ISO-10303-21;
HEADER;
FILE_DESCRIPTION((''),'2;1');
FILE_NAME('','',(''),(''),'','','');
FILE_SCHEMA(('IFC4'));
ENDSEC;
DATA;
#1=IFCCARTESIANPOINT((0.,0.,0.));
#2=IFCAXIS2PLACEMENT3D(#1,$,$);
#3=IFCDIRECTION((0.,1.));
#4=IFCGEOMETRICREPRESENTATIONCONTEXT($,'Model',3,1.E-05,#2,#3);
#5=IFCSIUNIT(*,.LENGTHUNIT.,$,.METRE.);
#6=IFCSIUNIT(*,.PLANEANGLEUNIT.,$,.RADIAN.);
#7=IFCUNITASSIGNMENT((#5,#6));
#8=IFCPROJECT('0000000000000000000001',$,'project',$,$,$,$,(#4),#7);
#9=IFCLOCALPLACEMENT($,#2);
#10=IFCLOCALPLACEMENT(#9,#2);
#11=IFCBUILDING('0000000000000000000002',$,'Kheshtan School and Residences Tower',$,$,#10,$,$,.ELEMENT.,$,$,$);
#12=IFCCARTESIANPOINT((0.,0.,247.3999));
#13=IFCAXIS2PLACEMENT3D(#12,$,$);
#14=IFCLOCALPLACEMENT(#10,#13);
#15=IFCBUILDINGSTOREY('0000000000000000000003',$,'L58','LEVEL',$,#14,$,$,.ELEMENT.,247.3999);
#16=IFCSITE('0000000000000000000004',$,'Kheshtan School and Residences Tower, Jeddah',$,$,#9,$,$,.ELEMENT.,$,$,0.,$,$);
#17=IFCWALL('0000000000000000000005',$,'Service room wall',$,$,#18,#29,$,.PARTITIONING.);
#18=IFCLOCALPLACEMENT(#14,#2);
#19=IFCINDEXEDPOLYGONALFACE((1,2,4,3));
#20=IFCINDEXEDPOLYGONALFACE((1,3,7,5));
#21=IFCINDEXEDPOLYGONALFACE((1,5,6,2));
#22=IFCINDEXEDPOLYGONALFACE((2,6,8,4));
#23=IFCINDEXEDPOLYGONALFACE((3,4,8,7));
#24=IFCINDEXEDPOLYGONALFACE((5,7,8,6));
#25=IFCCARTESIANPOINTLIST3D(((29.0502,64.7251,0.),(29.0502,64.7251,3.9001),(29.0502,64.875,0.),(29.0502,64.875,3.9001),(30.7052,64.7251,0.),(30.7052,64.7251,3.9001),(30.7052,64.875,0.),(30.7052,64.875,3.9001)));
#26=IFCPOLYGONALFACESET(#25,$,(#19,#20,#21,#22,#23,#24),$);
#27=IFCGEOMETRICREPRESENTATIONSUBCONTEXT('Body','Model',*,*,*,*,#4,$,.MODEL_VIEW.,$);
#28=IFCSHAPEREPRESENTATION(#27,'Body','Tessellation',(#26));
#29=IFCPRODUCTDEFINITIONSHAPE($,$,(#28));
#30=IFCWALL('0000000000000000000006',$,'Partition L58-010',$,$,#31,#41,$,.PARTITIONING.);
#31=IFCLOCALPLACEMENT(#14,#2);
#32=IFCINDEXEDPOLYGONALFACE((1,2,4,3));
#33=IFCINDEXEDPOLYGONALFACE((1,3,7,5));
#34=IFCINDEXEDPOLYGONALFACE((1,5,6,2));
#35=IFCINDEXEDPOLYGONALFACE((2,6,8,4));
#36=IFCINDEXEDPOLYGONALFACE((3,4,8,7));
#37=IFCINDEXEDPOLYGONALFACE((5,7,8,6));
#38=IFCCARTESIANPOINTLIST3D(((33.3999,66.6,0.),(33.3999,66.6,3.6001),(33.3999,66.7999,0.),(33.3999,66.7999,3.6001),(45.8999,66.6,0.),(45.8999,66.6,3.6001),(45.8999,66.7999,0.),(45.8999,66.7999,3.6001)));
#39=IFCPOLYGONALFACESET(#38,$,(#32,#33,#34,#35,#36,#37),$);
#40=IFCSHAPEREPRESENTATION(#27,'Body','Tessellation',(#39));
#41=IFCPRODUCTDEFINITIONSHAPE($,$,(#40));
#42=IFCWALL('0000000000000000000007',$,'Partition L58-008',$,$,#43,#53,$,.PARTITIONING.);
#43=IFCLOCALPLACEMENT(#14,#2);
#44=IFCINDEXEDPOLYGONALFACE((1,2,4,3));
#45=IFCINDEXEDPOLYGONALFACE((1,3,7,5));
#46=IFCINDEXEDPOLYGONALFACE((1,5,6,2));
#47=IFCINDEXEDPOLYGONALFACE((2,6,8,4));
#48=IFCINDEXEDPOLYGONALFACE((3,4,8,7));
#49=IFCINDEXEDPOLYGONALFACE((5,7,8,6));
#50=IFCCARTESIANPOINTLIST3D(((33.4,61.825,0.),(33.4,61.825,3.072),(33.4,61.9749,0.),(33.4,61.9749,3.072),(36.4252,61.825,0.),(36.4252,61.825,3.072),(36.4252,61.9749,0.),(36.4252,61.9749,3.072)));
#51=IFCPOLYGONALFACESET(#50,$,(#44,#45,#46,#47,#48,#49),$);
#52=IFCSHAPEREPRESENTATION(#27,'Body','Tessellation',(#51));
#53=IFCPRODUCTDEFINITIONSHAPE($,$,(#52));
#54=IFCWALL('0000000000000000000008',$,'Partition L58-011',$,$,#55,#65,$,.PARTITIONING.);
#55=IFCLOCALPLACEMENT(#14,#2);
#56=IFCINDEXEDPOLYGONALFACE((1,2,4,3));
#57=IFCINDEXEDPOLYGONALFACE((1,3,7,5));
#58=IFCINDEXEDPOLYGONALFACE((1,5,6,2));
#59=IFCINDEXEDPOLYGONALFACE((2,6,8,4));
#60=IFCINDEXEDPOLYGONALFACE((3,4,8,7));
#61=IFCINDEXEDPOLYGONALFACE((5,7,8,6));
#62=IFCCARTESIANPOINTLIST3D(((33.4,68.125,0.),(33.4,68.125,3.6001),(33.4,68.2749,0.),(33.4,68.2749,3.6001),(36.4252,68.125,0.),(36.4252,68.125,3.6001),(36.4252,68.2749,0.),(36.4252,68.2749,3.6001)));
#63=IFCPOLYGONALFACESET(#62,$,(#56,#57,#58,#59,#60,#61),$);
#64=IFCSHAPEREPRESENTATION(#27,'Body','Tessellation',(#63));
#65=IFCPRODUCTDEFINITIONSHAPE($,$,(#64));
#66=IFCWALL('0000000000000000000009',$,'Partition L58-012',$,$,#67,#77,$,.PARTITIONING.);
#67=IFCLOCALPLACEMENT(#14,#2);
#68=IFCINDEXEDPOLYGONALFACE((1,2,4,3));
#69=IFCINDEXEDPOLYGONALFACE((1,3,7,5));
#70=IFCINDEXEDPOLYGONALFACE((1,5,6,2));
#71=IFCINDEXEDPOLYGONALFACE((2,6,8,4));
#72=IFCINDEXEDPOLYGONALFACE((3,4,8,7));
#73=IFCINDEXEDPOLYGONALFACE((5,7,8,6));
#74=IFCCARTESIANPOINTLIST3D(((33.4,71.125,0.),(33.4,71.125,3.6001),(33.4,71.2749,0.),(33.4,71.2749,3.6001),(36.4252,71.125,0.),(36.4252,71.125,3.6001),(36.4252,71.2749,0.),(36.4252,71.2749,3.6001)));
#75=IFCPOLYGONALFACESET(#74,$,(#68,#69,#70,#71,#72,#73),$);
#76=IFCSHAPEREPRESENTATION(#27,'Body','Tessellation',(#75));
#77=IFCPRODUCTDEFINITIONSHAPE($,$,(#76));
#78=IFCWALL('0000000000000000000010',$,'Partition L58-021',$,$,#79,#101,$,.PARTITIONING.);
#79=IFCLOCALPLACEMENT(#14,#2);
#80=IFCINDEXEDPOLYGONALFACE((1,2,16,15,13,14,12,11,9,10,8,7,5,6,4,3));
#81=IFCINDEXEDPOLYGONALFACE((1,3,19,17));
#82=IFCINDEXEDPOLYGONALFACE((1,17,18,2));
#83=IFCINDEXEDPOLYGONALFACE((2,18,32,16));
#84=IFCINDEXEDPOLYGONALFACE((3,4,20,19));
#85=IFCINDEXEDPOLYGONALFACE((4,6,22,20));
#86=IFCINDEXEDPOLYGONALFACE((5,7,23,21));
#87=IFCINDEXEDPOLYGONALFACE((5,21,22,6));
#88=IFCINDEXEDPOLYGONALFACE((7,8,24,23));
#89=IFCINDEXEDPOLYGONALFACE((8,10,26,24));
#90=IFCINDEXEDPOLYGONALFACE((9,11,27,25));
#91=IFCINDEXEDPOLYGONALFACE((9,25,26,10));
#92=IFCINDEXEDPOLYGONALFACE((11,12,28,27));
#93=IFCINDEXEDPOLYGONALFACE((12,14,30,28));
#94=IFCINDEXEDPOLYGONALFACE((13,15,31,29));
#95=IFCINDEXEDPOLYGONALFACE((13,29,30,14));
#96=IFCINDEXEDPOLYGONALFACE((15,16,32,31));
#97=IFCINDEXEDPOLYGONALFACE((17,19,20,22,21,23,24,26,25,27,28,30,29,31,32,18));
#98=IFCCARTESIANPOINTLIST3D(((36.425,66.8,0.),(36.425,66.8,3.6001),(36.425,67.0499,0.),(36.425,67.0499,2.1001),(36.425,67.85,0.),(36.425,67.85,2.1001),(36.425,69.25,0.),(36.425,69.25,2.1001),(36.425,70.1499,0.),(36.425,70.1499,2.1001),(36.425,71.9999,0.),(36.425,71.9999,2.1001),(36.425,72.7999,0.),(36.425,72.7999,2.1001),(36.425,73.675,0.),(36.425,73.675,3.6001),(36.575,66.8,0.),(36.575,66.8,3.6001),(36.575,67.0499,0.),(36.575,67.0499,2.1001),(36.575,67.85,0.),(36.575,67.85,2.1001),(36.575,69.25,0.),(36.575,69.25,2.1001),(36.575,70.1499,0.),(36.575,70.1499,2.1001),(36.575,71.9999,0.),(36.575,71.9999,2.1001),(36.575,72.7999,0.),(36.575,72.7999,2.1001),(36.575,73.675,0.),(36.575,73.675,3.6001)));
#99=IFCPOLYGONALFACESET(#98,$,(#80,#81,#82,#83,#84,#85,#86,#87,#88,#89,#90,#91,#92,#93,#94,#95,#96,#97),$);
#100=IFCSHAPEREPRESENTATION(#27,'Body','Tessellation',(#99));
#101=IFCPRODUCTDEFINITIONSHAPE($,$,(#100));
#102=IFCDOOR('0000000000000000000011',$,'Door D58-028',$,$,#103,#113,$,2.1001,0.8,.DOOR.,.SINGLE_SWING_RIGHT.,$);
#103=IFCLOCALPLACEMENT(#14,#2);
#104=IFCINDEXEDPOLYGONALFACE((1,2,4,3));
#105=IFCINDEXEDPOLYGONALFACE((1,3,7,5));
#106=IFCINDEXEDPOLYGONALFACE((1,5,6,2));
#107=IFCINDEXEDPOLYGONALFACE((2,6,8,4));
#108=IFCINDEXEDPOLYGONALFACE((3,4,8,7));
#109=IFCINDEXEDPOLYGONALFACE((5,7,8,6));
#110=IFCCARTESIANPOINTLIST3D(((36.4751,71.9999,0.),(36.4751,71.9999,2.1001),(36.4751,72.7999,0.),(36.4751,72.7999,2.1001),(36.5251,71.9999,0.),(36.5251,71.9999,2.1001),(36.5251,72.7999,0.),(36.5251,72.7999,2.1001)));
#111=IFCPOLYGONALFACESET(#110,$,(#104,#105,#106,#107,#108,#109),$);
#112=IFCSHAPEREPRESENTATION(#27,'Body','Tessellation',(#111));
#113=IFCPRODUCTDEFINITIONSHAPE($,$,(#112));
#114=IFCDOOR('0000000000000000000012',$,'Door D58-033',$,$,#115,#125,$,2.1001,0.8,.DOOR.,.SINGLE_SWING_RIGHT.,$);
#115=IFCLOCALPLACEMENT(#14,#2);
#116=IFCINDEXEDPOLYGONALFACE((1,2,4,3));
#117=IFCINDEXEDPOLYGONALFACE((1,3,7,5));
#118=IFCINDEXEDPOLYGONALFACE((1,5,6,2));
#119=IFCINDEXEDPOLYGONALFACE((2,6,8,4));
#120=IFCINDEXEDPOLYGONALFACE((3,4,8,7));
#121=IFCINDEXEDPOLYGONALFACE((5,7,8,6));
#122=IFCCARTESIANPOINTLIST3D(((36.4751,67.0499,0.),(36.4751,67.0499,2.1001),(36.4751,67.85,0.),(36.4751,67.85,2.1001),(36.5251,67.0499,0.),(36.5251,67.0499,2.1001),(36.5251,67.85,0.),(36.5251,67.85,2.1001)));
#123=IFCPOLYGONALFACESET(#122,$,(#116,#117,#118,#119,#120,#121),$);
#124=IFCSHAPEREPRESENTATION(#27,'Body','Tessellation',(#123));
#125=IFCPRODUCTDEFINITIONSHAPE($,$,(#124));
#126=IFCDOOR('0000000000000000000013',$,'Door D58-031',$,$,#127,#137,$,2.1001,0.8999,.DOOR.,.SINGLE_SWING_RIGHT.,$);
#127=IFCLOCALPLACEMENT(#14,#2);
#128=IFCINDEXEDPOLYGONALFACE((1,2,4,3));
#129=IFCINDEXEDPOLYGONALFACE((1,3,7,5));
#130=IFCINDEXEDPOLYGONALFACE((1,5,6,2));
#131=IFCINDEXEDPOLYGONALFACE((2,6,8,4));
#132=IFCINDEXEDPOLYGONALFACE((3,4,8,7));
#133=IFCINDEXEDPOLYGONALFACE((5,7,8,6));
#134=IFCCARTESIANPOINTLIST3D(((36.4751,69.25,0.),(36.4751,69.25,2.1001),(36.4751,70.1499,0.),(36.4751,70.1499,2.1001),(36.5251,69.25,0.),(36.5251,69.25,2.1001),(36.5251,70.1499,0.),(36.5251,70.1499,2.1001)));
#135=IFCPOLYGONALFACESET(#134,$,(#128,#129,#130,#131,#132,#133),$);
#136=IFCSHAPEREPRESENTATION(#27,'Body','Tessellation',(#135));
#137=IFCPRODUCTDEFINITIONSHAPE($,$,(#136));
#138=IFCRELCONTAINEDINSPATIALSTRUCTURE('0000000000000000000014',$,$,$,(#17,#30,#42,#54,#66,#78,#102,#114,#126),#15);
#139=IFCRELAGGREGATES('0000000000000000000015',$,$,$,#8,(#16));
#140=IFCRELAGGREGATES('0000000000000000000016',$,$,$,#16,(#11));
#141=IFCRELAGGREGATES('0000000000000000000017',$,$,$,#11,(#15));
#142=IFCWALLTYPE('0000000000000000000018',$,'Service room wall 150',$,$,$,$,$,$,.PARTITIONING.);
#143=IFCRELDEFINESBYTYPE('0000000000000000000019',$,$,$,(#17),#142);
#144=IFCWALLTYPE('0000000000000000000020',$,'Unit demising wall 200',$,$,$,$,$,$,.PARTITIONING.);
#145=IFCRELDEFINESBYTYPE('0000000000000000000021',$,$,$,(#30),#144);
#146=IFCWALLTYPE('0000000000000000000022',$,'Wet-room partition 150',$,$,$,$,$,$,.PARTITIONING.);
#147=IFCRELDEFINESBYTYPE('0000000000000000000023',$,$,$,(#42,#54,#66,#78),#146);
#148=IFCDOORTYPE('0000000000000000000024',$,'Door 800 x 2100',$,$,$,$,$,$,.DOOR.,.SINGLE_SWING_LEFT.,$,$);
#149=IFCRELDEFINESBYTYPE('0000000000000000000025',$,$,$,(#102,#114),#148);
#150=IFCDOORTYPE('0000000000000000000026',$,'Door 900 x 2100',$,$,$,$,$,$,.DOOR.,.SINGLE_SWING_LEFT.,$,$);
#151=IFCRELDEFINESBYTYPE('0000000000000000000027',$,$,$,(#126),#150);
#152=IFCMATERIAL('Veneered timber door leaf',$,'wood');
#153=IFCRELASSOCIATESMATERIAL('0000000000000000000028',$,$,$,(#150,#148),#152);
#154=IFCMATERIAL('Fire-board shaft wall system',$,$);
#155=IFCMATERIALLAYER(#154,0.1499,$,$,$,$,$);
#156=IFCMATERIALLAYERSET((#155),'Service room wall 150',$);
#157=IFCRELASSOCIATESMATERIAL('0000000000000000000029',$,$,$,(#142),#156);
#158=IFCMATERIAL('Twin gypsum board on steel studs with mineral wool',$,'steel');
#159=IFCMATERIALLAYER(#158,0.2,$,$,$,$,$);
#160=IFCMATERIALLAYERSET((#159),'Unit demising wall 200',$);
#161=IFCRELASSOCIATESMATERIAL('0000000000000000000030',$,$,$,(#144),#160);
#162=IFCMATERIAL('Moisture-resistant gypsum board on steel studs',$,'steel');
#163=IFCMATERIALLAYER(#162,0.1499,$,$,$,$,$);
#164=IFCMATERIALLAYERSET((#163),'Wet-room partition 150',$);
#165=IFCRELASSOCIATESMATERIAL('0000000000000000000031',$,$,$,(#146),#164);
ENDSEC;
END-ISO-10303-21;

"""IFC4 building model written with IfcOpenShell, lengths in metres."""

from ifc_helpers import new_model, si_unit, direction, frame, frame_2d, origin, place, context, subcontext, project, spatial, rectangle, extrude, source, transform, mapped, material, layer, layer_set, type_object, element, fill, save


model = new_model("IFC4")

# Units and contexts
model_context = context("Model", 3, precision=1e-05, world=origin(), true_north=direction((0.0, 1.0)))
body_context = subcontext(model_context, "Body", "Model", "MODEL_VIEW")
ifc_project = project(units=[si_unit("LENGTHUNIT", "METRE"), si_unit("PLANEANGLEUNIT", "RADIAN")], contexts=[model_context])

# Site, building, storey
site_placement = place(None, origin())
site = spatial("IfcSite", under=ifc_project, at=site_placement, Name="Kheshtan School and Residences Tower, Jeddah", CompositionType="ELEMENT", RefElevation=0.0)
building_placement = place(site_placement, origin())
building = spatial("IfcBuilding", under=site, at=building_placement, Name="Kheshtan School and Residences Tower", CompositionType="ELEMENT")
storey_placement = place(building_placement, frame((0.0, 0.0, 247.3999)))
storey = spatial("IfcBuildingStorey", under=building, at=storey_placement, Name="L58", Description="LEVEL", CompositionType="ELEMENT", Elevation=247.3999)

# Shared definitions
ifc_material_1 = material(Name="Veneered timber door leaf", Category="wood")
door_type_1 = type_object("IfcDoorType", Name="Door 900 x 2100", OperationType="SINGLE_SWING_LEFT", PredefinedType="DOOR", material=ifc_material_1)
shared_shape_1 = source(origin(), body_context, "Body", "SweptSolid", [
    extrude(rectangle(XDim=0.8999, YDim=2.1001, at=frame_2d((0.45, 1.05))), frame((0.0, 0.0249, 0.0), z_axis=(0.0, -1.0, 0.0), x_axis=(1.0, 0.0, 0.0)), (0.0, 0.0, 1.0), 0.05),
])

# Walls
ifc_material_2 = material(Name="Fire-board shaft wall system")
ifc_layer_1 = layer(ifc_material_2, 0.1499)
ifc_layer_set_1 = layer_set([ifc_layer_1], Name="Service room wall 150")
wall_type_1 = type_object("IfcWallType", Name="Service room wall 150", PredefinedType="PARTITIONING", material=ifc_layer_set_1)
wall_1_placement = place(storey_placement, frame((29.05, 64.8, 0.0), z_axis=(0.0, 0.0, 1.0), x_axis=(1.0, 0.0, 0.0)))
element("IfcWall", 1, at=wall_1_placement, inside=storey, type_object=wall_type_1, Name="Service room wall", PredefinedType="PARTITIONING", context=body_context, shape_type="SweptSolid", body=[
    extrude(rectangle(XDim=1.655, YDim=0.1499, at=frame_2d((0.8276, 0.0))), origin(), (0.0, 0.0, 1.0), 3.9001),
])
ifc_material_3 = material(Name="Twin gypsum board on steel studs with mineral wool", Category="steel")
ifc_layer_2 = layer(ifc_material_3, 0.2)
ifc_layer_set_2 = layer_set([ifc_layer_2], Name="Unit demising wall 200")
wall_type_2 = type_object("IfcWallType", Name="Unit demising wall 200", PredefinedType="PARTITIONING", material=ifc_layer_set_2)
wall_2_placement = place(storey_placement, frame((33.3999, 66.7, 0.0), z_axis=(0.0, 0.0, 1.0), x_axis=(1.0, 0.0, 0.0)))
element("IfcWall", 2, at=wall_2_placement, inside=storey, type_object=wall_type_2, Name="Partition L58-010", PredefinedType="PARTITIONING", context=body_context, shape_type="SweptSolid", body=[
    extrude(rectangle(XDim=12.5, YDim=0.2, at=frame_2d((6.25, 0.0))), origin(), (0.0, 0.0, 1.0), 3.6001),
])
ifc_material_4 = material(Name="Moisture-resistant gypsum board on steel studs", Category="steel")
ifc_layer_3 = layer(ifc_material_4, 0.1499)
ifc_layer_set_3 = layer_set([ifc_layer_3], Name="Wet-room partition 150")
wall_type_3 = type_object("IfcWallType", Name="Wet-room partition 150", PredefinedType="PARTITIONING", material=ifc_layer_set_3)
wall_3_placement = place(storey_placement, frame((33.3999, 61.8999, 0.0), z_axis=(0.0, 0.0, 1.0), x_axis=(1.0, 0.0, 0.0)))
element("IfcWall", 3, at=wall_3_placement, inside=storey, type_object=wall_type_3, Name="Partition L58-008", PredefinedType="PARTITIONING", context=body_context, shape_type="SweptSolid", body=[
    extrude(rectangle(XDim=3.0251, YDim=0.1499, at=frame_2d((1.5127, 0.0))), origin(), (0.0, 0.0, 1.0), 3.072),
])
for number, where, z_axis, x_axis, name in (
    (4, (33.3999, 68.2, 0.0), (0.0, 0.0, 1.0), (1.0, 0.0, 0.0), "Partition L58-011"),
    (5, (33.3999, 71.2, 0.0), (0.0, 0.0, 1.0), (1.0, 0.0, 0.0), "Partition L58-012"),
):
    element("IfcWall", number, at=place(storey_placement, frame(where, z_axis=z_axis, x_axis=x_axis)), inside=storey, type_object=wall_type_3, Name=name, PredefinedType="PARTITIONING", context=body_context, shape_type="SweptSolid", body=[
        extrude(rectangle(XDim=3.0251, YDim=0.1499, at=frame_2d((1.5127, 0.0))), origin(), (0.0, 0.0, 1.0), 3.6001),
    ])

# Wall, openings, doors
wall_4_placement = place(storey_placement, frame((36.5, 66.8, 0.0), z_axis=(0.0, 0.0, 1.0), x_axis=(0.0, 1.0, 0.0)))
wall_4 = element("IfcWall", 6, at=wall_4_placement, inside=storey, type_object=wall_type_3, Name="Partition L58-021", PredefinedType="PARTITIONING", context=body_context, shape_type="SweptSolid", body=[
    extrude(rectangle(XDim=6.875, YDim=0.1499, at=frame_2d((3.4375, 0.0))), origin(), (0.0, 0.0, 1.0), 3.6001),
])
opening_1_placement = place(wall_4_placement, frame((5.2, 0.0, 0.0)))
opening_1 = element("IfcOpeningElement", 7, at=opening_1_placement, cuts=wall_4, PredefinedType="OPENING", context=body_context, shape_type="SweptSolid", body=[
    extrude(rectangle(XDim=0.8, YDim=2.1001, at=frame_2d((0.3999, 1.05))), frame((0.0, 0.085, 0.0), z_axis=(0.0, -1.0, 0.0), x_axis=(1.0, 0.0, 0.0)), (0.0, 0.0, 1.0), 0.1699),
])
opening_2_placement = place(wall_4_placement, frame((2.45, 0.0, 0.0)))
opening_2 = element("IfcOpeningElement", 8, at=opening_2_placement, cuts=wall_4, PredefinedType="OPENING", context=body_context, shape_type="SweptSolid", body=[
    extrude(rectangle(XDim=0.8999, YDim=2.1001, at=frame_2d((0.45, 1.05))), frame((0.0, 0.085, 0.0), z_axis=(0.0, -1.0, 0.0), x_axis=(1.0, 0.0, 0.0)), (0.0, 0.0, 1.0), 0.1699),
])
opening_3_placement = place(wall_4_placement, frame((0.25, 0.0, 0.0)))
opening_3 = element("IfcOpeningElement", 9, at=opening_3_placement, cuts=wall_4, PredefinedType="OPENING", context=body_context, shape_type="SweptSolid", body=[
    extrude(rectangle(XDim=0.8, YDim=2.1001, at=frame_2d((0.3999, 1.05))), frame((0.0, 0.085, 0.0), z_axis=(0.0, -1.0, 0.0), x_axis=(1.0, 0.0, 0.0)), (0.0, 0.0, 1.0), 0.1699),
])
door_type_2 = type_object("IfcDoorType", Name="Door 800 x 2100", OperationType="SINGLE_SWING_LEFT", PredefinedType="DOOR", material=ifc_material_1)
shared_shape_2 = source(origin(), body_context, "Body", "SweptSolid", [
    extrude(rectangle(XDim=0.8, YDim=2.1001, at=frame_2d((0.3999, 1.05))), frame((0.0, 0.0249, 0.0), z_axis=(0.0, -1.0, 0.0), x_axis=(1.0, 0.0, 0.0)), (0.0, 0.0, 1.0), 0.05),
])
door_1_placement = place(opening_1_placement, origin())
door_1 = element("IfcDoor", 10, at=door_1_placement, inside=storey, type_object=door_type_2, Name="Door D58-028", OperationType="SINGLE_SWING_RIGHT", OverallHeight=2.1001, OverallWidth=0.8, PredefinedType="DOOR", context=body_context, shape_type="MappedRepresentation", body=[
    mapped(shared_shape_2, transform((0.0, 0.0, 0.0), x_axis=(1.0, 0.0, 0.0), y_axis=(0.0, 1.0, 0.0), z_axis=(0.0, 0.0, 1.0), scale=1.0)),
])
fill(opening_1, door_1)
door_2_placement = place(opening_3_placement, origin())
door_2 = element("IfcDoor", 11, at=door_2_placement, inside=storey, type_object=door_type_2, Name="Door D58-033", OperationType="SINGLE_SWING_RIGHT", OverallHeight=2.1001, OverallWidth=0.8, PredefinedType="DOOR", context=body_context, shape_type="MappedRepresentation", body=[
    mapped(shared_shape_2, transform((0.0, 0.0, 0.0), x_axis=(1.0, 0.0, 0.0), y_axis=(0.0, 1.0, 0.0), z_axis=(0.0, 0.0, 1.0), scale=1.0)),
])
fill(opening_3, door_2)
door_3_placement = place(opening_2_placement, origin())
door_3 = element("IfcDoor", 12, at=door_3_placement, inside=storey, type_object=door_type_1, Name="Door D58-031", OperationType="SINGLE_SWING_RIGHT", OverallHeight=2.1001, OverallWidth=0.8999, PredefinedType="DOOR", context=body_context, shape_type="MappedRepresentation", body=[
    mapped(shared_shape_1, transform((0.0, 0.0, 0.0), x_axis=(1.0, 0.0, 0.0), y_axis=(0.0, 1.0, 0.0), z_axis=(0.0, 0.0, 1.0), scale=1.0)),
])
fill(opening_2, door_3)

save(model, "model.ifc")
